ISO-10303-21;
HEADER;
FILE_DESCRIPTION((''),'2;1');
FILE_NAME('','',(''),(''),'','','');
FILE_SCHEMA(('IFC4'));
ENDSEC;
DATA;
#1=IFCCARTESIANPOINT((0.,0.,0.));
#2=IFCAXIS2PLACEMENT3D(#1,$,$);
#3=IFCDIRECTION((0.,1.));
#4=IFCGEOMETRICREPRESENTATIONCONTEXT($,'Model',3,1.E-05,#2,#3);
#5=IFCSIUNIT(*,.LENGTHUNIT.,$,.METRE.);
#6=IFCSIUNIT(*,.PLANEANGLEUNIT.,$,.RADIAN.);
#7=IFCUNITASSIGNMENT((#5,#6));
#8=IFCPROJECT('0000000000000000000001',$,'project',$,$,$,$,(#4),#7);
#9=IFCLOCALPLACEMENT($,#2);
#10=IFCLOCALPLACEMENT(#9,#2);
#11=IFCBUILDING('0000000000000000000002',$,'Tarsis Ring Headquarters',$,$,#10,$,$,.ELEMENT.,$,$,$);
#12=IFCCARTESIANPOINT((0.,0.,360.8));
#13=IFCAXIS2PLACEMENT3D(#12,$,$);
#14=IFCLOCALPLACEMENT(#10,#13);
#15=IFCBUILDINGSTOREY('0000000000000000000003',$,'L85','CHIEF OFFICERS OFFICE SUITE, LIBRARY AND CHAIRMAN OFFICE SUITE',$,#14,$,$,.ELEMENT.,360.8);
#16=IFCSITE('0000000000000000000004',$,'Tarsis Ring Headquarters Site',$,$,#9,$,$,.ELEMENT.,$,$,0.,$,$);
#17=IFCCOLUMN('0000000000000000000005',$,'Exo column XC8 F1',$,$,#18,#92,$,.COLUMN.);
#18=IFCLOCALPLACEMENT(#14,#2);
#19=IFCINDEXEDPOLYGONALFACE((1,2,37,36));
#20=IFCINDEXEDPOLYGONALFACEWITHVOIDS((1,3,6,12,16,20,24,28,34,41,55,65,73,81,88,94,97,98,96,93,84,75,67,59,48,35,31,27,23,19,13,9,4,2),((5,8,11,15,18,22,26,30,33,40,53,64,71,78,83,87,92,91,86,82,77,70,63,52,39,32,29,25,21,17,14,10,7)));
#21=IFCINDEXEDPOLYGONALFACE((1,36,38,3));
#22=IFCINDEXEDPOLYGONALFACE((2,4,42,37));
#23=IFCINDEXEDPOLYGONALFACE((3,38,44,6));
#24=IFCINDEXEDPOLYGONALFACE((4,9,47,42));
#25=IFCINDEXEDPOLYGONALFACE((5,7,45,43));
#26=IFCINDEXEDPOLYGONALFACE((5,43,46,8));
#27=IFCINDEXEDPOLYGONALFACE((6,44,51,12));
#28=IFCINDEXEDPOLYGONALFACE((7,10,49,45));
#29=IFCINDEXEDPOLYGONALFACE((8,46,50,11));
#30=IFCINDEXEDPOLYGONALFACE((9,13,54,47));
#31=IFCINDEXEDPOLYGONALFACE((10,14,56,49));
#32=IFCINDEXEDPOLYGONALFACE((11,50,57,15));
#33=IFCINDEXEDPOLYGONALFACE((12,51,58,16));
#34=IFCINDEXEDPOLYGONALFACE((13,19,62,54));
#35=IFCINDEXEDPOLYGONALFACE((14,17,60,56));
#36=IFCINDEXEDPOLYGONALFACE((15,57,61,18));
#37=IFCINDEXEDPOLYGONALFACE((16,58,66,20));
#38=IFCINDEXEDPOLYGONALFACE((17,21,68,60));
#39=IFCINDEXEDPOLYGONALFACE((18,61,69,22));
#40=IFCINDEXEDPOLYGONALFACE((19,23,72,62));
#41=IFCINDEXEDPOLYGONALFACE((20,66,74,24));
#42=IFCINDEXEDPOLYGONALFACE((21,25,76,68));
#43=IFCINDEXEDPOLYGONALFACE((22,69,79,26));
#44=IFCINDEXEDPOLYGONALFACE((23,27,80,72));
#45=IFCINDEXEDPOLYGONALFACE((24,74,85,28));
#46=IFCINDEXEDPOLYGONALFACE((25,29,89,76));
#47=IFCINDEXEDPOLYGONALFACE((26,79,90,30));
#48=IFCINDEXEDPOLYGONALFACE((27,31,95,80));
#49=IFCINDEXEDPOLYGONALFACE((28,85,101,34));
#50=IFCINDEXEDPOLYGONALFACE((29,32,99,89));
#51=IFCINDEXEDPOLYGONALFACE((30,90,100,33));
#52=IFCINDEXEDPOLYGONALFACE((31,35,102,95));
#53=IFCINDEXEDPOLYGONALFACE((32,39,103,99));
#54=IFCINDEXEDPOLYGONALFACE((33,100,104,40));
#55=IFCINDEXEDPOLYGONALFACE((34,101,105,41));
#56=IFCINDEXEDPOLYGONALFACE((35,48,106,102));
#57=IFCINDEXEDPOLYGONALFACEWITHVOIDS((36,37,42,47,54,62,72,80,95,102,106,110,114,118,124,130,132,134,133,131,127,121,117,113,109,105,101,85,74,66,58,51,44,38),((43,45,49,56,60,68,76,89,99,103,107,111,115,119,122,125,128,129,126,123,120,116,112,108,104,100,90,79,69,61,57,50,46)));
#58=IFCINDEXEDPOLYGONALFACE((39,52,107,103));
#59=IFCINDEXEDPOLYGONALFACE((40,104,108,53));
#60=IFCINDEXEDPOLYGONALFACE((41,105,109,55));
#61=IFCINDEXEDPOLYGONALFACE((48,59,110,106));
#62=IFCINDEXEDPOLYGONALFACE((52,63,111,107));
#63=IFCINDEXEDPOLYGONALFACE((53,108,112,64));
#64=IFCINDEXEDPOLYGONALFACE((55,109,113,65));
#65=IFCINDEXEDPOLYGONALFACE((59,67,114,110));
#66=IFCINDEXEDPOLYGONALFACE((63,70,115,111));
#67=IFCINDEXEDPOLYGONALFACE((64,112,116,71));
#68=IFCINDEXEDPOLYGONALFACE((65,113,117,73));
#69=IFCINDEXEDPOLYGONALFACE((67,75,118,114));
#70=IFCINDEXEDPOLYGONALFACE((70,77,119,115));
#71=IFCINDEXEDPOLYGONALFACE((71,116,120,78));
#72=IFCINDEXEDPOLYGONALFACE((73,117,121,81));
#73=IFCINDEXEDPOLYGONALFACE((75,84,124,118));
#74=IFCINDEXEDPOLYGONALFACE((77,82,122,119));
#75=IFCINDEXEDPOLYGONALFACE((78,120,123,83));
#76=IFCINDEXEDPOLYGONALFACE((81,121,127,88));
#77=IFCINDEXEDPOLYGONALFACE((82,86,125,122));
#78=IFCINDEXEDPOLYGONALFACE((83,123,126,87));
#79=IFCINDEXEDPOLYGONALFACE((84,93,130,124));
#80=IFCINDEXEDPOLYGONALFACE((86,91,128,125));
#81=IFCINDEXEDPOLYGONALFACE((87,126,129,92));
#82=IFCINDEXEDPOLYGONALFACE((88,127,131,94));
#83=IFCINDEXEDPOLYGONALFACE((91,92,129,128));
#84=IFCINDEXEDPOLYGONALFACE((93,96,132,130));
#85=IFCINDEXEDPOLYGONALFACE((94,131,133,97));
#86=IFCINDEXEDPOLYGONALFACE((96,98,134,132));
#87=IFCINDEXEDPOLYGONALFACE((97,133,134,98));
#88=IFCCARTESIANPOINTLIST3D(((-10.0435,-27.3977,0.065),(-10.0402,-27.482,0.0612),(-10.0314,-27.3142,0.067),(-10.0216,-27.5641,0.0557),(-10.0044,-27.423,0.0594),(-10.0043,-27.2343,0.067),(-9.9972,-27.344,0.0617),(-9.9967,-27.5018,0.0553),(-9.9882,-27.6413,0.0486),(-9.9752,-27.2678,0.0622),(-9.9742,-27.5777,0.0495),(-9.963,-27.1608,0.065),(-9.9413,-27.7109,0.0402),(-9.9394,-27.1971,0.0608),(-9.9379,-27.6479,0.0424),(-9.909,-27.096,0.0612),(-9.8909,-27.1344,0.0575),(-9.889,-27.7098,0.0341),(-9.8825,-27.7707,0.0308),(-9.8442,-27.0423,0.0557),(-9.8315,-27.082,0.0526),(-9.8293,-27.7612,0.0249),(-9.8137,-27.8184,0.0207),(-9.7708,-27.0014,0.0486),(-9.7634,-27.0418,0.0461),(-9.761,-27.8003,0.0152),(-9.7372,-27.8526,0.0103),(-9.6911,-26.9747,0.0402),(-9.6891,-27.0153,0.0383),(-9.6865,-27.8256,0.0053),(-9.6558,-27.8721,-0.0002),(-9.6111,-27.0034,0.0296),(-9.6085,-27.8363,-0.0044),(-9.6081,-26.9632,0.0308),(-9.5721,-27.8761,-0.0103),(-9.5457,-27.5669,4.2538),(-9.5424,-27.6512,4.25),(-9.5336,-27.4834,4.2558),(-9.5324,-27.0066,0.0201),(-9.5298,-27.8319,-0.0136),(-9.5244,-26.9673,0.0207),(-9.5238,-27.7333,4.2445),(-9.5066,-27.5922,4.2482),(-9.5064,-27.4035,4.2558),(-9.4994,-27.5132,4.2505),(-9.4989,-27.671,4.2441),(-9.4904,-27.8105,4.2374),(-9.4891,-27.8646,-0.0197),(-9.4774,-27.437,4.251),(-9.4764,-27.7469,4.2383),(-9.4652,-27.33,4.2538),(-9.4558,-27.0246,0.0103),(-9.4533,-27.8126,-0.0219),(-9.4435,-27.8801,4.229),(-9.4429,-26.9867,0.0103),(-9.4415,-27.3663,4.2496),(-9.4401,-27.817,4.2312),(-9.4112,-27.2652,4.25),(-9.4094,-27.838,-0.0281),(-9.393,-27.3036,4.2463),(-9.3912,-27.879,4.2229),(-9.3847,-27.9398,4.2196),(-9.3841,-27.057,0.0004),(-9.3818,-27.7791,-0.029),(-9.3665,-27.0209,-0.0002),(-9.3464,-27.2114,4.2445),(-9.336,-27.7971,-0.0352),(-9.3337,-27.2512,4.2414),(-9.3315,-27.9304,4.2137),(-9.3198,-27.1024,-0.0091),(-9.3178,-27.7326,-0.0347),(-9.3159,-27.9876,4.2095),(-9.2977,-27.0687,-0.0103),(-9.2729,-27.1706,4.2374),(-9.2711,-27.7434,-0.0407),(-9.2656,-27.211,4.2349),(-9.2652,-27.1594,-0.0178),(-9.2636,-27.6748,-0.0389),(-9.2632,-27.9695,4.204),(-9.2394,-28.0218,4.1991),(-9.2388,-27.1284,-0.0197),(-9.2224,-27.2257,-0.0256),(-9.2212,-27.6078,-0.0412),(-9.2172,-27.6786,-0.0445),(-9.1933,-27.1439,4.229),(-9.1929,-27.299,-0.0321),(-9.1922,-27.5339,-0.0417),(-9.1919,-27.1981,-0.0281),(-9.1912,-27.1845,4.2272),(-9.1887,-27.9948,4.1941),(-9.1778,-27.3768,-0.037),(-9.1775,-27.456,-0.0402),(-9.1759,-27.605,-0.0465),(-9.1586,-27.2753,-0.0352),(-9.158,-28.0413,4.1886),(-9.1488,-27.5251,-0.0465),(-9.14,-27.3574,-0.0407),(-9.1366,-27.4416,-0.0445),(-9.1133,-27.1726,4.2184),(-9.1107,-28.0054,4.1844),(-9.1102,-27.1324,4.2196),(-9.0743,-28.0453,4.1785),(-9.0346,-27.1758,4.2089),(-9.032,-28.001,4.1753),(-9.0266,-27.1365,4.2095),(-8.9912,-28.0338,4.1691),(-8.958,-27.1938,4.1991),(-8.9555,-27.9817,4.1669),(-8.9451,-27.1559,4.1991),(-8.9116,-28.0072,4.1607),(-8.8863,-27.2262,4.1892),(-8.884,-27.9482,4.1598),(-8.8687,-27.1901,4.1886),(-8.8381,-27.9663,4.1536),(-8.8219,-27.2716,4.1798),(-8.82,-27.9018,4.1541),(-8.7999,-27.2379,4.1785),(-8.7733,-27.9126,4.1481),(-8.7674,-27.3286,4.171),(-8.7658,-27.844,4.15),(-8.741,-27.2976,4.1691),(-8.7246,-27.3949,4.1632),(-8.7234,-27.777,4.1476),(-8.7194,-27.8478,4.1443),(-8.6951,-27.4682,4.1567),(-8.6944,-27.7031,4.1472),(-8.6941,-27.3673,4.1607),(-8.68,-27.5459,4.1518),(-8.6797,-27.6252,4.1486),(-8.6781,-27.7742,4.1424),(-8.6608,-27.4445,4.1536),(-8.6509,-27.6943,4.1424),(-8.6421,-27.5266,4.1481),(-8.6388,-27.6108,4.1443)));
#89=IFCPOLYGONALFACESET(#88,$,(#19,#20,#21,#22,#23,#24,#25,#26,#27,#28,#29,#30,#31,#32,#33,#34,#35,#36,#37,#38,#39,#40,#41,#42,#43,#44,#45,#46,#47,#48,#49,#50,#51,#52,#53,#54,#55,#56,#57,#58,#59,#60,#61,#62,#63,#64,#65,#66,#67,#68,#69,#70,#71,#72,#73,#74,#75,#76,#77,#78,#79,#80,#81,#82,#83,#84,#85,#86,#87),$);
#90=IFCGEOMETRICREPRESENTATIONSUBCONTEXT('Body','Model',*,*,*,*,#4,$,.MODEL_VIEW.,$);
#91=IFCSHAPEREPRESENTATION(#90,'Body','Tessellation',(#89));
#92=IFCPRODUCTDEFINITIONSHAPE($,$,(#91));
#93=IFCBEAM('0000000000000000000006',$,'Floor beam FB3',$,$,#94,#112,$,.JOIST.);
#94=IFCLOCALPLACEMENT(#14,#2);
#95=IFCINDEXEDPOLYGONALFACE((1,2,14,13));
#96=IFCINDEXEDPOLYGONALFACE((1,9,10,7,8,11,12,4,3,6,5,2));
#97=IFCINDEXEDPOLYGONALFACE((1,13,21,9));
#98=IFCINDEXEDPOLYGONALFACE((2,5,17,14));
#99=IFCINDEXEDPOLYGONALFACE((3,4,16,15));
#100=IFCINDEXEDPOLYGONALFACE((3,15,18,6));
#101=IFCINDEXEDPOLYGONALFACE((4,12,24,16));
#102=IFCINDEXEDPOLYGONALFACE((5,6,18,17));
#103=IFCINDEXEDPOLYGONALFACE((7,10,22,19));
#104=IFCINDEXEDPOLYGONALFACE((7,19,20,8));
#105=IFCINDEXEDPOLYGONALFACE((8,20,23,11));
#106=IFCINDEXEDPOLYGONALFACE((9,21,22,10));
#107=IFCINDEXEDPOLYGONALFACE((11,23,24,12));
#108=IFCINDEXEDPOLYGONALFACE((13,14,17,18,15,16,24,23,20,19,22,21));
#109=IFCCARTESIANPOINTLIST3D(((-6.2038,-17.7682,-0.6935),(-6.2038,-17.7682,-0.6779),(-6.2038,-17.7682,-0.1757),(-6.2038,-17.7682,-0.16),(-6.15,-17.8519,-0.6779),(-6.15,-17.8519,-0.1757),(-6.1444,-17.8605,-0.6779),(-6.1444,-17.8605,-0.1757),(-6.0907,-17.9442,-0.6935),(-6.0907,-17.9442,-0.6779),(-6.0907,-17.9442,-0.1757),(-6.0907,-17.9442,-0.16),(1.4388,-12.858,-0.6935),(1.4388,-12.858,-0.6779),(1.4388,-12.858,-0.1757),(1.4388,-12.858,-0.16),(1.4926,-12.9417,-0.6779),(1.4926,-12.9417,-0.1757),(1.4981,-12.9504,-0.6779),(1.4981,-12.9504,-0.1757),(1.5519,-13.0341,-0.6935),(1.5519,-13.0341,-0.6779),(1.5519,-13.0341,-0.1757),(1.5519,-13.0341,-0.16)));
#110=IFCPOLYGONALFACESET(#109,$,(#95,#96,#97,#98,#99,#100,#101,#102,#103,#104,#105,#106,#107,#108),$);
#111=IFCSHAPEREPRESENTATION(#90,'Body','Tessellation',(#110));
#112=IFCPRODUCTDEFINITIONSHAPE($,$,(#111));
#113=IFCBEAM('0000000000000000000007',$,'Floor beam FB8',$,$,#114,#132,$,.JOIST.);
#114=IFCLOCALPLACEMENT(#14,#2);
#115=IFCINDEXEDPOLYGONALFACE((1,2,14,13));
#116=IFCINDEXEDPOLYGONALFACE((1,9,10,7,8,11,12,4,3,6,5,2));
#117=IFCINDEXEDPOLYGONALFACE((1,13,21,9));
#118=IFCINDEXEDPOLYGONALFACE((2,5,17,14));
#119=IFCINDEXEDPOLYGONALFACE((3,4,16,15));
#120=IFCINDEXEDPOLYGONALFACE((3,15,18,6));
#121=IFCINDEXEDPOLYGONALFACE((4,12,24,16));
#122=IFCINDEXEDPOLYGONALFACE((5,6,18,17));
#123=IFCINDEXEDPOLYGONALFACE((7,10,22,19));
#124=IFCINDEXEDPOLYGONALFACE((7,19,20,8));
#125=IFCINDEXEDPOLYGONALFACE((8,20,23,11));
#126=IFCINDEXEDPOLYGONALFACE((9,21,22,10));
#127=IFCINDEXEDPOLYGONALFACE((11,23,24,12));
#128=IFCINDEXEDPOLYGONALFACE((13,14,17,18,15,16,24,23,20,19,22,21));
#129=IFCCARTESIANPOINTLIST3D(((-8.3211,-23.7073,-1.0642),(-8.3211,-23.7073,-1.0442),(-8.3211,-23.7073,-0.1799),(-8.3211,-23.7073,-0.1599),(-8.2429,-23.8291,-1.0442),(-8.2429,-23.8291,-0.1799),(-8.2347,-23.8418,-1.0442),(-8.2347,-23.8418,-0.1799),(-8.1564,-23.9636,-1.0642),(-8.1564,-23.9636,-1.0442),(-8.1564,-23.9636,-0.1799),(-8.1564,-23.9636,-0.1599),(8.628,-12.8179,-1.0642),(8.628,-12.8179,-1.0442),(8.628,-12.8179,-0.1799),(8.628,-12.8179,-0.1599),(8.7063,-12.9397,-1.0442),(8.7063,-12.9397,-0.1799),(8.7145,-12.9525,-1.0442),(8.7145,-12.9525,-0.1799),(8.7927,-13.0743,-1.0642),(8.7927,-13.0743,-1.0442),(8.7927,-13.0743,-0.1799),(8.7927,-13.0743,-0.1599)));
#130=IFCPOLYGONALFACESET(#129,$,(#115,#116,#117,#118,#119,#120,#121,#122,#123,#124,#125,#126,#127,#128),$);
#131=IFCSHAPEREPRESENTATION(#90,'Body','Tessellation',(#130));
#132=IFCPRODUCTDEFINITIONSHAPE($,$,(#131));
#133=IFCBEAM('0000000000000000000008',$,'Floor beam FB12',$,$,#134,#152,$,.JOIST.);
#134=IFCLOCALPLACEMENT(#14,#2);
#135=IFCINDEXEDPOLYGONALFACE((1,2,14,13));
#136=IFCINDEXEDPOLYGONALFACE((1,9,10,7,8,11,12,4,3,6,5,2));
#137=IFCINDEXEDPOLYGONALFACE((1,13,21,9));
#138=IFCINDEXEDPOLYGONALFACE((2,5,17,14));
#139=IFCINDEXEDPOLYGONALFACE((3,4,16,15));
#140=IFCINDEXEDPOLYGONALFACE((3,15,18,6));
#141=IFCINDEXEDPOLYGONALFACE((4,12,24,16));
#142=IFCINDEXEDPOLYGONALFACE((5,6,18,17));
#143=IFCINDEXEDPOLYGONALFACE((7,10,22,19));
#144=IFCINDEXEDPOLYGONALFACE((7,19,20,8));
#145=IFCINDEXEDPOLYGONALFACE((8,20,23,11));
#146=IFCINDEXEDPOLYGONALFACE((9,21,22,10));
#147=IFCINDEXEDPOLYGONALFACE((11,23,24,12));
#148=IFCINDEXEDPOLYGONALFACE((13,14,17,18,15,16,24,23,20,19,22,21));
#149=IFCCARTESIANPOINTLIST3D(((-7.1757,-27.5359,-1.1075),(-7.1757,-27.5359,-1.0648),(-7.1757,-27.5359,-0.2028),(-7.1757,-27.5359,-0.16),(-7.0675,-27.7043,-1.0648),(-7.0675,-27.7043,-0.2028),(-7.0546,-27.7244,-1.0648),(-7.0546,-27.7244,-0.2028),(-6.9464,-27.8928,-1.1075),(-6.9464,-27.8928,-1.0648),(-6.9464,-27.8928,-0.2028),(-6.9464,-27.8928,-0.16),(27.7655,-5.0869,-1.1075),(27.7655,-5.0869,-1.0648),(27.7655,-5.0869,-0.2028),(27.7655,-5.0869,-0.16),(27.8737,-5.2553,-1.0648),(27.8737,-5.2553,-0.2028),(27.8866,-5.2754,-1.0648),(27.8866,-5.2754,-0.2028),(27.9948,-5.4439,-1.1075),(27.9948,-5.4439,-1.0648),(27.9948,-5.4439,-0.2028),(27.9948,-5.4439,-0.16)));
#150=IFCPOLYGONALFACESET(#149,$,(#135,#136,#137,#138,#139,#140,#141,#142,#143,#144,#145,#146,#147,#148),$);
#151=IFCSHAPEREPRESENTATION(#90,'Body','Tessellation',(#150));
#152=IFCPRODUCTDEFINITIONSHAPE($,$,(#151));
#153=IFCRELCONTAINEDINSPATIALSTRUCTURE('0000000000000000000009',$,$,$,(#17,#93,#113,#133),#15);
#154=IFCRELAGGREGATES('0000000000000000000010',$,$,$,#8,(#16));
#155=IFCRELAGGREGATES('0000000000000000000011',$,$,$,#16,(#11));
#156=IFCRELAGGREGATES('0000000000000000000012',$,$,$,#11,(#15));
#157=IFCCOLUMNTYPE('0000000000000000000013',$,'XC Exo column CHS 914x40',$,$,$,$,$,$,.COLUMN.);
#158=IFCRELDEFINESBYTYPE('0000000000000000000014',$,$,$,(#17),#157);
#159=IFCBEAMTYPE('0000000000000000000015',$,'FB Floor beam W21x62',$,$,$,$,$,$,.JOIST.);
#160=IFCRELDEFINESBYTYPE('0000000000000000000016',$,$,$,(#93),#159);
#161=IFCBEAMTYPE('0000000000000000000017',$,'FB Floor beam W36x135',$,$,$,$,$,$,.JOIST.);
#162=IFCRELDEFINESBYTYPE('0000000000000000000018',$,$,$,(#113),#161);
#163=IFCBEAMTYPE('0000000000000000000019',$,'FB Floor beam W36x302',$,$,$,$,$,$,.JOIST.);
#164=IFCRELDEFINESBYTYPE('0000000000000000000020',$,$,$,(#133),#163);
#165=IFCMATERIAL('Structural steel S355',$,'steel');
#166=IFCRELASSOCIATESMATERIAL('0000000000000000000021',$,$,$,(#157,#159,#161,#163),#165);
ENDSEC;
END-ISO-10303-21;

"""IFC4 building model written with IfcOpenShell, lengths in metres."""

from ifc_helpers import new_model, si_unit, direction, frame, origin, origin_2d, place, context, subcontext, project, spatial, hollow_circle, i_section, extrude, material, material_profile, profile_set, type_object, element, save


model = new_model("IFC4")

# Units and contexts
model_context = context("Model", 3, precision=1e-05, world=origin(), true_north=direction((0.0, 1.0)))
body_context = subcontext(model_context, "Body", "Model", "MODEL_VIEW")
ifc_project = project(units=[si_unit("LENGTHUNIT", "METRE"), si_unit("PLANEANGLEUNIT", "RADIAN")], contexts=[model_context])

# Site, building, storey
site_placement = place(None, origin())
site = spatial("IfcSite", under=ifc_project, at=site_placement, Name="Tarsis Ring Headquarters Site", CompositionType="ELEMENT", RefElevation=0.0)
building_placement = place(site_placement, origin())
building = spatial("IfcBuilding", under=site, at=building_placement, Name="Tarsis Ring Headquarters", CompositionType="ELEMENT")
storey_placement = place(building_placement, frame((0.0, 0.0, 360.8)))
storey = spatial("IfcBuildingStorey", under=building, at=storey_placement, Name="L85", Description="CHIEF OFFICERS OFFICE SUITE, LIBRARY AND CHAIRMAN OFFICE SUITE", CompositionType="ELEMENT", Elevation=360.8)

# Column
ifc_material_1 = material(Name="Structural steel S355", Category="steel")
ifc_material_profile_1 = material_profile(ifc_material_1, hollow_circle(Radius=0.457, WallThickness=0.04, at=origin_2d()), Name="CHS 914x40")
ifc_profile_set_1 = profile_set([ifc_material_profile_1], Name="Structural steel S355")
column_type = type_object("IfcColumnType", Name="XC Exo column CHS 914x40", PredefinedType="COLUMN", material=ifc_profile_set_1)
column_placement = place(storey_placement, frame((-9.5901, -27.4197, 0.0103), z_axis=(0.117918, -0.040077, 0.992214), x_axis=(0.321795, 0.94681, 0.0)))
element("IfcColumn", 1, at=column_placement, inside=storey, type_object=column_type, Name="Exo column XC8 F1", PredefinedType="COLUMN", context=body_context, shape_type="SweptSolid", body=[
    extrude(hollow_circle(Radius=0.4573, WallThickness=0.04, at=origin_2d()), origin(), (0.0, 0.0, 1.0), 4.2217),
])

# Beams
ifc_material_profile_2 = material_profile(ifc_material_1, i_section(OverallWidth=0.2092, OverallDepth=0.5334, WebThickness=0.0103, FlangeThickness=0.0156, at=origin_2d()), Name="W21x62")
ifc_profile_set_2 = profile_set([ifc_material_profile_2], Name="Structural steel S355")
beam_type_1 = type_object("IfcBeamType", Name="FB Floor beam W21x62", PredefinedType="JOIST", material=ifc_profile_set_2)
beam_1_placement = place(storey_placement, frame((-6.1472, -17.8562, -0.4268), z_axis=(0.841325, 0.540529, 0.0), x_axis=(-0.540529, 0.841325, 0.0)))
element("IfcBeam", 2, at=beam_1_placement, inside=storey, type_object=beam_type_1, Name="Floor beam FB3", PredefinedType="JOIST", context=body_context, shape_type="SweptSolid", body=[
    extrude(i_section(OverallWidth=0.2092, OverallDepth=0.5334, WebThickness=0.0103, FlangeThickness=0.0156, at=origin_2d()), origin(), (0.0, 0.0, 1.0), 9.084),
])
ifc_material_profile_3 = material_profile(ifc_material_1, i_section(OverallWidth=0.3047, OverallDepth=0.9043, WebThickness=0.0151, FlangeThickness=0.02, at=origin_2d()), Name="W36x135")
ifc_profile_set_3 = profile_set([ifc_material_profile_3], Name="Structural steel S355")
beam_type_2 = type_object("IfcBeamType", Name="FB Floor beam W36x135", PredefinedType="JOIST", material=ifc_profile_set_3)
beam_2_placement = place(storey_placement, frame((-8.2388, -23.8354, -0.6121), z_axis=(0.841326, 0.540528, 0.0), x_axis=(-0.540528, 0.841326, 0.0)))
element("IfcBeam", 3, at=beam_2_placement, inside=storey, type_object=beam_type_2, Name="Floor beam FB8", PredefinedType="JOIST", context=body_context, shape_type="SweptSolid", body=[
    extrude(i_section(OverallWidth=0.3047, OverallDepth=0.9043, WebThickness=0.0151, FlangeThickness=0.02, at=origin_2d()), origin(), (0.0, 0.0, 1.0), 20.1458),
])
ifc_material_profile_4 = material_profile(ifc_material_1, i_section(OverallWidth=0.4243, OverallDepth=0.9475, WebThickness=0.0239, FlangeThickness=0.0427, at=origin_2d()), Name="W36x302")
ifc_profile_set_4 = profile_set([ifc_material_profile_4], Name="Structural steel S355")
beam_type_3 = type_object("IfcBeamType", Name="FB Floor beam W36x302", PredefinedType="JOIST", material=ifc_profile_set_4)
beam_3_placement = place(storey_placement, frame((-7.061, -27.7144, -0.6338), z_axis=(0.841323, 0.540533, 0.0), x_axis=(-0.540533, 0.841323, 0.0)))
element("IfcBeam", 4, at=beam_3_placement, inside=storey, type_object=beam_type_3, Name="Floor beam FB12", PredefinedType="JOIST", context=body_context, shape_type="SweptSolid", body=[
    extrude(i_section(OverallWidth=0.4243, OverallDepth=0.9475, WebThickness=0.0239, FlangeThickness=0.0427, at=origin_2d()), origin(), (0.0, 0.0, 1.0), 41.5312),
])

save(model, "model.ifc")
